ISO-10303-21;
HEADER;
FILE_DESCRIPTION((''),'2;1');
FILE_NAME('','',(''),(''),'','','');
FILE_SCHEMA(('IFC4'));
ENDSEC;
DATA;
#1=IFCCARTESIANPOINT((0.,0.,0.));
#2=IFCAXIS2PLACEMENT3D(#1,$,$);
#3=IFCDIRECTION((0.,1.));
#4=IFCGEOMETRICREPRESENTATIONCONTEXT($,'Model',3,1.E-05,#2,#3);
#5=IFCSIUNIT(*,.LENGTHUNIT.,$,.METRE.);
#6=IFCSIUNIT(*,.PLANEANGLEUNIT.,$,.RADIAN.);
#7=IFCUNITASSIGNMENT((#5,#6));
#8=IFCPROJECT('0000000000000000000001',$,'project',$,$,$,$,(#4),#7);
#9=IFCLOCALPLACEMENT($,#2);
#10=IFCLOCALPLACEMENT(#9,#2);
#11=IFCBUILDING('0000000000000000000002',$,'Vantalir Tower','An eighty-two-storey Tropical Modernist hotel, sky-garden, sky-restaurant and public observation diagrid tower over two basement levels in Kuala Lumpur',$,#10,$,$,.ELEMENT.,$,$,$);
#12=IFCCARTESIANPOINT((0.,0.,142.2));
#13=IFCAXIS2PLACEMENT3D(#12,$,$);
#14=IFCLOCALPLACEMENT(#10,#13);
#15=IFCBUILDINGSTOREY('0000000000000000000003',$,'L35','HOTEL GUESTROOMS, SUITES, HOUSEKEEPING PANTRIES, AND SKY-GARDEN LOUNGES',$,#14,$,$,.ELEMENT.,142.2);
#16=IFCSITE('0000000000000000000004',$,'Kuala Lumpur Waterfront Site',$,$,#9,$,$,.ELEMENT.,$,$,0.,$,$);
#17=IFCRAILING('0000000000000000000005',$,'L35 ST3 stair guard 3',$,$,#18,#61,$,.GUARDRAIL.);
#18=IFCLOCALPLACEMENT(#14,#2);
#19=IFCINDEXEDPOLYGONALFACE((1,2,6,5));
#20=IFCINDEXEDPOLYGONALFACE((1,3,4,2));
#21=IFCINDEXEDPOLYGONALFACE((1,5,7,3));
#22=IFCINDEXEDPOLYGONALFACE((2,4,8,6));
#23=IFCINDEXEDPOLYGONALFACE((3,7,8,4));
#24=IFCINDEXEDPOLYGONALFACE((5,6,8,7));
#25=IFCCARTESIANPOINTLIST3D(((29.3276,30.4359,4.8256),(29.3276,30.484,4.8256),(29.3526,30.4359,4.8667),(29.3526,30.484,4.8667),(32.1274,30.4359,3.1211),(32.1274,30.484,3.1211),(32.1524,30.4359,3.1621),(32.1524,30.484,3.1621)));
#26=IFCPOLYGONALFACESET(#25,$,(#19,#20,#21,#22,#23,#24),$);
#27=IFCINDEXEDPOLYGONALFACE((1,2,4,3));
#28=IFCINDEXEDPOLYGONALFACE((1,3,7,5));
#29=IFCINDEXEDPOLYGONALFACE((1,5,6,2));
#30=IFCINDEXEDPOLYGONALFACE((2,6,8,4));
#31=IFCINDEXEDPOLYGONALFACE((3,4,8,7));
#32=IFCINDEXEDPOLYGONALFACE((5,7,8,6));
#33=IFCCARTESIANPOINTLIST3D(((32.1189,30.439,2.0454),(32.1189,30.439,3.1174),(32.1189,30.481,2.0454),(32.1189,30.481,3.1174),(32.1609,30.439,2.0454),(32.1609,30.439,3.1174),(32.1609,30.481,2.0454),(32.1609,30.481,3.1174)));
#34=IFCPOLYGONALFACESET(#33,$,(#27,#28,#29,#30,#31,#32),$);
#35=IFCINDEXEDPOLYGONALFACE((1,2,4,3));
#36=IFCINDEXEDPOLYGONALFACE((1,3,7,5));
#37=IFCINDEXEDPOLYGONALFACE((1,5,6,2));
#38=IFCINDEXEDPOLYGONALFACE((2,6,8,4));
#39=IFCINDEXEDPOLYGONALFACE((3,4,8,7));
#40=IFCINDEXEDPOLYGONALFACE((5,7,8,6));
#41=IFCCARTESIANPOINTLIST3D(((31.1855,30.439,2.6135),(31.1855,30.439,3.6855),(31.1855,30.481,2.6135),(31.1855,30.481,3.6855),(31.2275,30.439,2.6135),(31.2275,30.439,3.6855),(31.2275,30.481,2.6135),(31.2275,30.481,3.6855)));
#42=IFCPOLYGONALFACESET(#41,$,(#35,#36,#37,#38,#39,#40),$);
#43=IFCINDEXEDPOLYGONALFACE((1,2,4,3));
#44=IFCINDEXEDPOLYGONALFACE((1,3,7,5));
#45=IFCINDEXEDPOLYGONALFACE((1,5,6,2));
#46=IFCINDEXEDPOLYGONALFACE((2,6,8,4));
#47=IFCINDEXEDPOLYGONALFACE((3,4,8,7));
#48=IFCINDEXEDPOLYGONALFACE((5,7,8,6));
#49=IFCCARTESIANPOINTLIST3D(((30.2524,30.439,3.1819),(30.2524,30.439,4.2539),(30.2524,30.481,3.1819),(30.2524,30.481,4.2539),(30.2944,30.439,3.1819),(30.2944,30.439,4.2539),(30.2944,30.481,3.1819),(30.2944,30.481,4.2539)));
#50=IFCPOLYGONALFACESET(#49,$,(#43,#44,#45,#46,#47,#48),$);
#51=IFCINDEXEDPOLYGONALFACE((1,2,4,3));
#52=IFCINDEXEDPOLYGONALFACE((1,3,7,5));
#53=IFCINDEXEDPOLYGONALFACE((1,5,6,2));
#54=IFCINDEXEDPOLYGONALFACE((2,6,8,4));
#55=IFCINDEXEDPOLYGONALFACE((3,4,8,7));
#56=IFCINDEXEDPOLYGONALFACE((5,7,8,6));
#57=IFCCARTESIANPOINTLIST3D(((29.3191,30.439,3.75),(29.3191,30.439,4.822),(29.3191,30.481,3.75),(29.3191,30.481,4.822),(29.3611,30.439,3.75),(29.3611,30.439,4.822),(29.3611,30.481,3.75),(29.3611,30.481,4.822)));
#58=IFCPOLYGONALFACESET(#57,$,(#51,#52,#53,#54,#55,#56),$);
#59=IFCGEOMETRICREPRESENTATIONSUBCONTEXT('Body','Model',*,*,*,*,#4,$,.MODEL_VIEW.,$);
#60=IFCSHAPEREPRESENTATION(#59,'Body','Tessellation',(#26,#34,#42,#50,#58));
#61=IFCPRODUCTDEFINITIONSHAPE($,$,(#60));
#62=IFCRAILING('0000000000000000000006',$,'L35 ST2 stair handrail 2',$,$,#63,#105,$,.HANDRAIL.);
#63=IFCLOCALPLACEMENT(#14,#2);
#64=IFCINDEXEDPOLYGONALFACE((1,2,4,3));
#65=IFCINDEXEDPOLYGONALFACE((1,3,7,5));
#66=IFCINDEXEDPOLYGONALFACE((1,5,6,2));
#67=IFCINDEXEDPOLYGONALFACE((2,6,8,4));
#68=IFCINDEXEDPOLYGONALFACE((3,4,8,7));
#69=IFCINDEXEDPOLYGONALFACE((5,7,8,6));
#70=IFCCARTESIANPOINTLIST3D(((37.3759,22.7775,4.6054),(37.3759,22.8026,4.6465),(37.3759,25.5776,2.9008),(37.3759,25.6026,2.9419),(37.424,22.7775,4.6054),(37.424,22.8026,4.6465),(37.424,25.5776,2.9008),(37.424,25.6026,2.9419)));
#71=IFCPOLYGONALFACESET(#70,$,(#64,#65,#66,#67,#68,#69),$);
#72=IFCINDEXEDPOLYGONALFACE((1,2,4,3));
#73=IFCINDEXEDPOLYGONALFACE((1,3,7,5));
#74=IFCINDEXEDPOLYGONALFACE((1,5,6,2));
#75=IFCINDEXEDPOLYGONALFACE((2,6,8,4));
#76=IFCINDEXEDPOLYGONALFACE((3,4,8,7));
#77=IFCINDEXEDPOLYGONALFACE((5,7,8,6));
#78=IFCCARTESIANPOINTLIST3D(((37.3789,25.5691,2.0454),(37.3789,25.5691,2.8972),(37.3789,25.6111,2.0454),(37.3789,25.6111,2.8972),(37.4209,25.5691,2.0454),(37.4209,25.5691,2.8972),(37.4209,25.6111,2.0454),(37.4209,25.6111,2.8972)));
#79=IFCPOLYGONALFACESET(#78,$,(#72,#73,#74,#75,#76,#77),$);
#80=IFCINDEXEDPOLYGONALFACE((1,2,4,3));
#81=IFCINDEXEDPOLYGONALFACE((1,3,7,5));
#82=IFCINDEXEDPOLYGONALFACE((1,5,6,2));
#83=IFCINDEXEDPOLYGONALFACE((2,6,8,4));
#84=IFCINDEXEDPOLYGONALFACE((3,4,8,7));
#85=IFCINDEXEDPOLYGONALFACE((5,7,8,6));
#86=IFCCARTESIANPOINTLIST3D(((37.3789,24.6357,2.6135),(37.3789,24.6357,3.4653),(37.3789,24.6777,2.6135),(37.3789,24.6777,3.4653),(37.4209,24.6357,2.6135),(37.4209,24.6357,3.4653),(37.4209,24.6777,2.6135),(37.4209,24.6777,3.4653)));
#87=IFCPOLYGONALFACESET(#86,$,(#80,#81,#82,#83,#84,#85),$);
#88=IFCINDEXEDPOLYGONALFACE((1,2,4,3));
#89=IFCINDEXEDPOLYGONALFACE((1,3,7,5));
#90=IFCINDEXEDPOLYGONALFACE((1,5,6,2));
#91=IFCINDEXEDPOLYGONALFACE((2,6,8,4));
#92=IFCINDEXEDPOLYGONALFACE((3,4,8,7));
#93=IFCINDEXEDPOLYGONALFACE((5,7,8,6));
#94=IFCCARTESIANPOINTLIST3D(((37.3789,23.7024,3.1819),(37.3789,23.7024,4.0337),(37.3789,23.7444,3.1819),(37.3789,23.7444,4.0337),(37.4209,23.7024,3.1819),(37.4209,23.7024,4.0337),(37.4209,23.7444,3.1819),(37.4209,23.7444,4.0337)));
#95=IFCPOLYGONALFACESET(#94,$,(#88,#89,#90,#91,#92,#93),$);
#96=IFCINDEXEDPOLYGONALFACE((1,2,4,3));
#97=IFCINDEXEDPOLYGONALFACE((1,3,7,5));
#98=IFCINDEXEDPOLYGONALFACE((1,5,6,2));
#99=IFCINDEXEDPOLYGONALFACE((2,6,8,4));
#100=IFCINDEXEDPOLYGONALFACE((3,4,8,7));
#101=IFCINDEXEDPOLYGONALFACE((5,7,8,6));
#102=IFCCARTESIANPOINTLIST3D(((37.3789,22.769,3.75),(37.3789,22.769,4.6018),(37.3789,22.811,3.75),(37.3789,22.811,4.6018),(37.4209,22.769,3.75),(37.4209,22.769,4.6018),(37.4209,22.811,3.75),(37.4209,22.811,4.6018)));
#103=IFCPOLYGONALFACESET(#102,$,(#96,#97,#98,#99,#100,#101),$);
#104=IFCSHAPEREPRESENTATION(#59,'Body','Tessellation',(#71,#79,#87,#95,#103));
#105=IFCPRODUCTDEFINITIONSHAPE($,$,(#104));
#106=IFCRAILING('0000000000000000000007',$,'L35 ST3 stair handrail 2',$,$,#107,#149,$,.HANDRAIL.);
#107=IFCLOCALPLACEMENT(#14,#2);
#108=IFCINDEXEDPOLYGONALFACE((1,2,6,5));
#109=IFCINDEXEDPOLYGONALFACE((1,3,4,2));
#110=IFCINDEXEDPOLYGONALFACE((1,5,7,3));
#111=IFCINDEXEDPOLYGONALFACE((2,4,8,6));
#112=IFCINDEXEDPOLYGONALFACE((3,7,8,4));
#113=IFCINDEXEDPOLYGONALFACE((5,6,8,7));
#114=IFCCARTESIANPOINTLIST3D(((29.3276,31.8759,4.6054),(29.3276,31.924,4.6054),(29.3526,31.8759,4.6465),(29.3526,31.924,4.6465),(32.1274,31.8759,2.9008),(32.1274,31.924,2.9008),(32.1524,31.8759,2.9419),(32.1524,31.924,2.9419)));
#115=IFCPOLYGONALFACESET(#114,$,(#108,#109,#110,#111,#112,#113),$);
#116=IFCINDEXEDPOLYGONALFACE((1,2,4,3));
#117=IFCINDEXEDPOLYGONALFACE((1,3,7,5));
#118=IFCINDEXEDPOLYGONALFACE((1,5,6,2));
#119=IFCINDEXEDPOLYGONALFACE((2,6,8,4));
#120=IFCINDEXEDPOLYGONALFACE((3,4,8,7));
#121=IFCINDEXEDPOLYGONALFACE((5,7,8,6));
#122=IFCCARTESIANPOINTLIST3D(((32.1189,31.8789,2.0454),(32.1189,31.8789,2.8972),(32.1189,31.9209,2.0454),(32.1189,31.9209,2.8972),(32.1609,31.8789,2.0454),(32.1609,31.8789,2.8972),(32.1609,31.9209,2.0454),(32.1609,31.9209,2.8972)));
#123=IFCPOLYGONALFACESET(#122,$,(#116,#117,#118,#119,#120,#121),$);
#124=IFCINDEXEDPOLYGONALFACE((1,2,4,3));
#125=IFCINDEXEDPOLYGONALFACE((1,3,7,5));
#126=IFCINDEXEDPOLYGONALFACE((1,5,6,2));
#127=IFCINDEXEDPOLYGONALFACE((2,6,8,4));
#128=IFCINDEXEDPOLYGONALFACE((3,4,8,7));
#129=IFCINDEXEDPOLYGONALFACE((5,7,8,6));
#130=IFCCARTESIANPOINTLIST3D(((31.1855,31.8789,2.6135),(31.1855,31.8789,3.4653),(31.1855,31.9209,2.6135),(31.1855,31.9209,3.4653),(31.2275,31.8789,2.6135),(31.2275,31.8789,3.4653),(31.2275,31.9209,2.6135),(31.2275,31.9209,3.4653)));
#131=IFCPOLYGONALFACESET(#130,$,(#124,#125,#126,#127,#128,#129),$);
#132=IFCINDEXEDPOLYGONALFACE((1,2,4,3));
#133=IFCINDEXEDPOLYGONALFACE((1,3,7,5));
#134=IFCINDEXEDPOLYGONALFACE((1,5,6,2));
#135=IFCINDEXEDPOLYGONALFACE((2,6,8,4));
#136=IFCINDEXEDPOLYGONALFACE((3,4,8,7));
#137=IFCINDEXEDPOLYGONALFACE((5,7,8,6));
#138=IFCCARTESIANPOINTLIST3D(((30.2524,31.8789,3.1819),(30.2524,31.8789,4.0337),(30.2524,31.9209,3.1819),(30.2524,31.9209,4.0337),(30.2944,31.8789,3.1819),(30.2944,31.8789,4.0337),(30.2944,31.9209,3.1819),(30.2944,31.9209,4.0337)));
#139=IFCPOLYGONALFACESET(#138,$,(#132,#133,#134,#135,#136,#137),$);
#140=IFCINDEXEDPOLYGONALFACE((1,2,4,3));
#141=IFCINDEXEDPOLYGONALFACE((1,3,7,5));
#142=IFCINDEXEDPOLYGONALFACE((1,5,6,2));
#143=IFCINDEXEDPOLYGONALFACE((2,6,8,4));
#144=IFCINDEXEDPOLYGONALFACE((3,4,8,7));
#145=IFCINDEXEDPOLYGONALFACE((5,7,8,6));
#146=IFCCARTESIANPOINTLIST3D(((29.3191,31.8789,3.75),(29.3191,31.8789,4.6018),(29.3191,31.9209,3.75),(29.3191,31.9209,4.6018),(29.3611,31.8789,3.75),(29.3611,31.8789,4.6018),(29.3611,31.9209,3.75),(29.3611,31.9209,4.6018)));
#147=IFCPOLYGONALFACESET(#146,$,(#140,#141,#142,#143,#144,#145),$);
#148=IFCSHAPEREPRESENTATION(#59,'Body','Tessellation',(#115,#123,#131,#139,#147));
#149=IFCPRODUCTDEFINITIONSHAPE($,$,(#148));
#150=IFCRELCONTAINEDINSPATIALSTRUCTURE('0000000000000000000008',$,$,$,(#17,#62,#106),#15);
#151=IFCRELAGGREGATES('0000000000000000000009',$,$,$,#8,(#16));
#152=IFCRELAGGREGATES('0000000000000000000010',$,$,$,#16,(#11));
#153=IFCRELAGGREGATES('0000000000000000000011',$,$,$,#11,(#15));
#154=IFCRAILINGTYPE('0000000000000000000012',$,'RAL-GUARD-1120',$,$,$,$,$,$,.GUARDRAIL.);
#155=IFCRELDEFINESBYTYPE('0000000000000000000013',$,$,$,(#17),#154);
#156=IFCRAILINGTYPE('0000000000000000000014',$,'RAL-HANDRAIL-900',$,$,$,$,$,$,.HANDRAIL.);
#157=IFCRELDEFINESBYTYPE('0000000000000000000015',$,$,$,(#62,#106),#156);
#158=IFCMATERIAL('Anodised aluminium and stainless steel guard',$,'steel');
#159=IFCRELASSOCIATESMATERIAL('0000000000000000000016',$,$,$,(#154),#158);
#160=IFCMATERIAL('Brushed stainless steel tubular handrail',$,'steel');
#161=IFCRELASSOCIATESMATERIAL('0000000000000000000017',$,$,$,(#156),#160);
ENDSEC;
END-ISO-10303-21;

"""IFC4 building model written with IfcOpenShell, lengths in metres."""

from ifc_helpers import new_model, si_unit, direction, frame, origin, origin_2d, place, context, subcontext, project, spatial, rectangle, extrude, material, type_object, element, save


model = new_model("IFC4")

# Units and contexts
model_context = context("Model", 3, precision=1e-05, world=origin(), true_north=direction((0.0, 1.0)))
body_context = subcontext(model_context, "Body", "Model", "MODEL_VIEW")
ifc_project = project(units=[si_unit("LENGTHUNIT", "METRE"), si_unit("PLANEANGLEUNIT", "RADIAN")], contexts=[model_context])

# Site, building, storey
site_placement = place(None, origin())
site = spatial("IfcSite", under=ifc_project, at=site_placement, Name="Kuala Lumpur Waterfront Site", CompositionType="ELEMENT", RefElevation=0.0)
building_placement = place(site_placement, origin())
building = spatial("IfcBuilding", under=site, at=building_placement, Name="Vantalir Tower", Description="An eighty-two-storey Tropical Modernist hotel, sky-garden, sky-restaurant and public observation diagrid tower over two basement levels in Kuala Lumpur", CompositionType="ELEMENT")
storey_placement = place(building_placement, frame((0.0, 0.0, 142.2)))
storey = spatial("IfcBuildingStorey", under=building, at=storey_placement, Name="L35", Description="HOTEL GUESTROOMS, SUITES, HOUSEKEEPING PANTRIES, AND SKY-GARDEN LOUNGES", CompositionType="ELEMENT", Elevation=142.2)

# Railings
ifc_material_1 = material(Name="Anodised aluminium and stainless steel guard", Category="steel")
railing_type_1 = type_object("IfcRailingType", Name="RAL-GUARD-1120", PredefinedType="GUARDRAIL", material=ifc_material_1)
railing_1_placement = place(storey_placement, frame((32.1399, 30.46, 2.0454)))
element("IfcRailing", 1, at=railing_1_placement, inside=storey, type_object=railing_type_1, Name="L35 ST3 stair guard 3", PredefinedType="GUARDRAIL", context=body_context, shape_type="SweptSolid", body=[
    extrude(rectangle(XDim=0.0481, YDim=0.0481, at=origin_2d()), frame((0.0, 0.0, 1.0962), z_axis=(-0.85415, 0.0, 0.520027), x_axis=(0.0, -1.0, 0.0)), (0.0, 0.0, 1.0), 3.2778),
    extrude(rectangle(XDim=0.042, YDim=0.042, at=origin_2d()), origin(), (0.0, 0.0, 1.0), 1.072),
    extrude(rectangle(XDim=0.042, YDim=0.042, at=origin_2d()), frame((-0.9333, 0.0, 0.5681)), (0.0, 0.0, 1.0), 1.072),
    extrude(rectangle(XDim=0.042, YDim=0.042, at=origin_2d()), frame((-1.8665, 0.0, 1.1365)), (0.0, 0.0, 1.0), 1.072),
    extrude(rectangle(XDim=0.042, YDim=0.042, at=origin_2d()), frame((-2.7998, 0.0, 1.7046)), (0.0, 0.0, 1.0), 1.072),
])
ifc_material_2 = material(Name="Brushed stainless steel tubular handrail", Category="steel")
railing_type_2 = type_object("IfcRailingType", Name="RAL-HANDRAIL-900", PredefinedType="HANDRAIL", material=ifc_material_2)
railing_2_placement = place(storey_placement, frame((37.3999, 25.5901, 2.0454)))
element("IfcRailing", 2, at=railing_2_placement, inside=storey, type_object=railing_type_2, Name="L35 ST2 stair handrail 2", PredefinedType="HANDRAIL", context=body_context, shape_type="SweptSolid", body=[
    extrude(rectangle(XDim=0.0481, YDim=0.0481, at=origin_2d()), frame((0.0, 0.0, 0.876), z_axis=(0.0, -0.85417, 0.519994), x_axis=(1.0, 0.0, 0.0)), (0.0, 0.0, 1.0), 3.2781),
    extrude(rectangle(XDim=0.042, YDim=0.042, at=origin_2d()), origin(), (0.0, 0.0, 1.0), 0.8518),
    extrude(rectangle(XDim=0.042, YDim=0.042, at=origin_2d()), frame((0.0, -0.9333, 0.5681)), (0.0, 0.0, 1.0), 0.8518),
    extrude(rectangle(XDim=0.042, YDim=0.042, at=origin_2d()), frame((0.0, -1.8667, 1.1365)), (0.0, 0.0, 1.0), 0.8518),
    extrude(rectangle(XDim=0.042, YDim=0.042, at=origin_2d()), frame((0.0, -2.8, 1.7046)), (0.0, 0.0, 1.0), 0.8518),
])
railing_3_placement = place(storey_placement, frame((32.1399, 31.8999, 2.0454)))
element("IfcRailing", 3, at=railing_3_placement, inside=storey, type_object=railing_type_2, Name="L35 ST3 stair handrail 2", PredefinedType="HANDRAIL", context=body_context, shape_type="SweptSolid", body=[
    extrude(rectangle(XDim=0.0481, YDim=0.0481, at=origin_2d()), frame((0.0, 0.0, 0.876), z_axis=(-0.85415, 0.0, 0.520027), x_axis=(0.0, -1.0, 0.0)), (0.0, 0.0, 1.0), 3.2778),
    extrude(rectangle(XDim=0.042, YDim=0.042, at=origin_2d()), origin(), (0.0, 0.0, 1.0), 0.8518),
    extrude(rectangle(XDim=0.042, YDim=0.042, at=origin_2d()), frame((-0.9333, 0.0, 0.5681)), (0.0, 0.0, 1.0), 0.8518),
    extrude(rectangle(XDim=0.042, YDim=0.042, at=origin_2d()), frame((-1.8665, 0.0, 1.1365)), (0.0, 0.0, 1.0), 0.8518),
    extrude(rectangle(XDim=0.042, YDim=0.042, at=origin_2d()), frame((-2.7998, 0.0, 1.7046)), (0.0, 0.0, 1.0), 0.8518),
])

save(model, "model.ifc")
